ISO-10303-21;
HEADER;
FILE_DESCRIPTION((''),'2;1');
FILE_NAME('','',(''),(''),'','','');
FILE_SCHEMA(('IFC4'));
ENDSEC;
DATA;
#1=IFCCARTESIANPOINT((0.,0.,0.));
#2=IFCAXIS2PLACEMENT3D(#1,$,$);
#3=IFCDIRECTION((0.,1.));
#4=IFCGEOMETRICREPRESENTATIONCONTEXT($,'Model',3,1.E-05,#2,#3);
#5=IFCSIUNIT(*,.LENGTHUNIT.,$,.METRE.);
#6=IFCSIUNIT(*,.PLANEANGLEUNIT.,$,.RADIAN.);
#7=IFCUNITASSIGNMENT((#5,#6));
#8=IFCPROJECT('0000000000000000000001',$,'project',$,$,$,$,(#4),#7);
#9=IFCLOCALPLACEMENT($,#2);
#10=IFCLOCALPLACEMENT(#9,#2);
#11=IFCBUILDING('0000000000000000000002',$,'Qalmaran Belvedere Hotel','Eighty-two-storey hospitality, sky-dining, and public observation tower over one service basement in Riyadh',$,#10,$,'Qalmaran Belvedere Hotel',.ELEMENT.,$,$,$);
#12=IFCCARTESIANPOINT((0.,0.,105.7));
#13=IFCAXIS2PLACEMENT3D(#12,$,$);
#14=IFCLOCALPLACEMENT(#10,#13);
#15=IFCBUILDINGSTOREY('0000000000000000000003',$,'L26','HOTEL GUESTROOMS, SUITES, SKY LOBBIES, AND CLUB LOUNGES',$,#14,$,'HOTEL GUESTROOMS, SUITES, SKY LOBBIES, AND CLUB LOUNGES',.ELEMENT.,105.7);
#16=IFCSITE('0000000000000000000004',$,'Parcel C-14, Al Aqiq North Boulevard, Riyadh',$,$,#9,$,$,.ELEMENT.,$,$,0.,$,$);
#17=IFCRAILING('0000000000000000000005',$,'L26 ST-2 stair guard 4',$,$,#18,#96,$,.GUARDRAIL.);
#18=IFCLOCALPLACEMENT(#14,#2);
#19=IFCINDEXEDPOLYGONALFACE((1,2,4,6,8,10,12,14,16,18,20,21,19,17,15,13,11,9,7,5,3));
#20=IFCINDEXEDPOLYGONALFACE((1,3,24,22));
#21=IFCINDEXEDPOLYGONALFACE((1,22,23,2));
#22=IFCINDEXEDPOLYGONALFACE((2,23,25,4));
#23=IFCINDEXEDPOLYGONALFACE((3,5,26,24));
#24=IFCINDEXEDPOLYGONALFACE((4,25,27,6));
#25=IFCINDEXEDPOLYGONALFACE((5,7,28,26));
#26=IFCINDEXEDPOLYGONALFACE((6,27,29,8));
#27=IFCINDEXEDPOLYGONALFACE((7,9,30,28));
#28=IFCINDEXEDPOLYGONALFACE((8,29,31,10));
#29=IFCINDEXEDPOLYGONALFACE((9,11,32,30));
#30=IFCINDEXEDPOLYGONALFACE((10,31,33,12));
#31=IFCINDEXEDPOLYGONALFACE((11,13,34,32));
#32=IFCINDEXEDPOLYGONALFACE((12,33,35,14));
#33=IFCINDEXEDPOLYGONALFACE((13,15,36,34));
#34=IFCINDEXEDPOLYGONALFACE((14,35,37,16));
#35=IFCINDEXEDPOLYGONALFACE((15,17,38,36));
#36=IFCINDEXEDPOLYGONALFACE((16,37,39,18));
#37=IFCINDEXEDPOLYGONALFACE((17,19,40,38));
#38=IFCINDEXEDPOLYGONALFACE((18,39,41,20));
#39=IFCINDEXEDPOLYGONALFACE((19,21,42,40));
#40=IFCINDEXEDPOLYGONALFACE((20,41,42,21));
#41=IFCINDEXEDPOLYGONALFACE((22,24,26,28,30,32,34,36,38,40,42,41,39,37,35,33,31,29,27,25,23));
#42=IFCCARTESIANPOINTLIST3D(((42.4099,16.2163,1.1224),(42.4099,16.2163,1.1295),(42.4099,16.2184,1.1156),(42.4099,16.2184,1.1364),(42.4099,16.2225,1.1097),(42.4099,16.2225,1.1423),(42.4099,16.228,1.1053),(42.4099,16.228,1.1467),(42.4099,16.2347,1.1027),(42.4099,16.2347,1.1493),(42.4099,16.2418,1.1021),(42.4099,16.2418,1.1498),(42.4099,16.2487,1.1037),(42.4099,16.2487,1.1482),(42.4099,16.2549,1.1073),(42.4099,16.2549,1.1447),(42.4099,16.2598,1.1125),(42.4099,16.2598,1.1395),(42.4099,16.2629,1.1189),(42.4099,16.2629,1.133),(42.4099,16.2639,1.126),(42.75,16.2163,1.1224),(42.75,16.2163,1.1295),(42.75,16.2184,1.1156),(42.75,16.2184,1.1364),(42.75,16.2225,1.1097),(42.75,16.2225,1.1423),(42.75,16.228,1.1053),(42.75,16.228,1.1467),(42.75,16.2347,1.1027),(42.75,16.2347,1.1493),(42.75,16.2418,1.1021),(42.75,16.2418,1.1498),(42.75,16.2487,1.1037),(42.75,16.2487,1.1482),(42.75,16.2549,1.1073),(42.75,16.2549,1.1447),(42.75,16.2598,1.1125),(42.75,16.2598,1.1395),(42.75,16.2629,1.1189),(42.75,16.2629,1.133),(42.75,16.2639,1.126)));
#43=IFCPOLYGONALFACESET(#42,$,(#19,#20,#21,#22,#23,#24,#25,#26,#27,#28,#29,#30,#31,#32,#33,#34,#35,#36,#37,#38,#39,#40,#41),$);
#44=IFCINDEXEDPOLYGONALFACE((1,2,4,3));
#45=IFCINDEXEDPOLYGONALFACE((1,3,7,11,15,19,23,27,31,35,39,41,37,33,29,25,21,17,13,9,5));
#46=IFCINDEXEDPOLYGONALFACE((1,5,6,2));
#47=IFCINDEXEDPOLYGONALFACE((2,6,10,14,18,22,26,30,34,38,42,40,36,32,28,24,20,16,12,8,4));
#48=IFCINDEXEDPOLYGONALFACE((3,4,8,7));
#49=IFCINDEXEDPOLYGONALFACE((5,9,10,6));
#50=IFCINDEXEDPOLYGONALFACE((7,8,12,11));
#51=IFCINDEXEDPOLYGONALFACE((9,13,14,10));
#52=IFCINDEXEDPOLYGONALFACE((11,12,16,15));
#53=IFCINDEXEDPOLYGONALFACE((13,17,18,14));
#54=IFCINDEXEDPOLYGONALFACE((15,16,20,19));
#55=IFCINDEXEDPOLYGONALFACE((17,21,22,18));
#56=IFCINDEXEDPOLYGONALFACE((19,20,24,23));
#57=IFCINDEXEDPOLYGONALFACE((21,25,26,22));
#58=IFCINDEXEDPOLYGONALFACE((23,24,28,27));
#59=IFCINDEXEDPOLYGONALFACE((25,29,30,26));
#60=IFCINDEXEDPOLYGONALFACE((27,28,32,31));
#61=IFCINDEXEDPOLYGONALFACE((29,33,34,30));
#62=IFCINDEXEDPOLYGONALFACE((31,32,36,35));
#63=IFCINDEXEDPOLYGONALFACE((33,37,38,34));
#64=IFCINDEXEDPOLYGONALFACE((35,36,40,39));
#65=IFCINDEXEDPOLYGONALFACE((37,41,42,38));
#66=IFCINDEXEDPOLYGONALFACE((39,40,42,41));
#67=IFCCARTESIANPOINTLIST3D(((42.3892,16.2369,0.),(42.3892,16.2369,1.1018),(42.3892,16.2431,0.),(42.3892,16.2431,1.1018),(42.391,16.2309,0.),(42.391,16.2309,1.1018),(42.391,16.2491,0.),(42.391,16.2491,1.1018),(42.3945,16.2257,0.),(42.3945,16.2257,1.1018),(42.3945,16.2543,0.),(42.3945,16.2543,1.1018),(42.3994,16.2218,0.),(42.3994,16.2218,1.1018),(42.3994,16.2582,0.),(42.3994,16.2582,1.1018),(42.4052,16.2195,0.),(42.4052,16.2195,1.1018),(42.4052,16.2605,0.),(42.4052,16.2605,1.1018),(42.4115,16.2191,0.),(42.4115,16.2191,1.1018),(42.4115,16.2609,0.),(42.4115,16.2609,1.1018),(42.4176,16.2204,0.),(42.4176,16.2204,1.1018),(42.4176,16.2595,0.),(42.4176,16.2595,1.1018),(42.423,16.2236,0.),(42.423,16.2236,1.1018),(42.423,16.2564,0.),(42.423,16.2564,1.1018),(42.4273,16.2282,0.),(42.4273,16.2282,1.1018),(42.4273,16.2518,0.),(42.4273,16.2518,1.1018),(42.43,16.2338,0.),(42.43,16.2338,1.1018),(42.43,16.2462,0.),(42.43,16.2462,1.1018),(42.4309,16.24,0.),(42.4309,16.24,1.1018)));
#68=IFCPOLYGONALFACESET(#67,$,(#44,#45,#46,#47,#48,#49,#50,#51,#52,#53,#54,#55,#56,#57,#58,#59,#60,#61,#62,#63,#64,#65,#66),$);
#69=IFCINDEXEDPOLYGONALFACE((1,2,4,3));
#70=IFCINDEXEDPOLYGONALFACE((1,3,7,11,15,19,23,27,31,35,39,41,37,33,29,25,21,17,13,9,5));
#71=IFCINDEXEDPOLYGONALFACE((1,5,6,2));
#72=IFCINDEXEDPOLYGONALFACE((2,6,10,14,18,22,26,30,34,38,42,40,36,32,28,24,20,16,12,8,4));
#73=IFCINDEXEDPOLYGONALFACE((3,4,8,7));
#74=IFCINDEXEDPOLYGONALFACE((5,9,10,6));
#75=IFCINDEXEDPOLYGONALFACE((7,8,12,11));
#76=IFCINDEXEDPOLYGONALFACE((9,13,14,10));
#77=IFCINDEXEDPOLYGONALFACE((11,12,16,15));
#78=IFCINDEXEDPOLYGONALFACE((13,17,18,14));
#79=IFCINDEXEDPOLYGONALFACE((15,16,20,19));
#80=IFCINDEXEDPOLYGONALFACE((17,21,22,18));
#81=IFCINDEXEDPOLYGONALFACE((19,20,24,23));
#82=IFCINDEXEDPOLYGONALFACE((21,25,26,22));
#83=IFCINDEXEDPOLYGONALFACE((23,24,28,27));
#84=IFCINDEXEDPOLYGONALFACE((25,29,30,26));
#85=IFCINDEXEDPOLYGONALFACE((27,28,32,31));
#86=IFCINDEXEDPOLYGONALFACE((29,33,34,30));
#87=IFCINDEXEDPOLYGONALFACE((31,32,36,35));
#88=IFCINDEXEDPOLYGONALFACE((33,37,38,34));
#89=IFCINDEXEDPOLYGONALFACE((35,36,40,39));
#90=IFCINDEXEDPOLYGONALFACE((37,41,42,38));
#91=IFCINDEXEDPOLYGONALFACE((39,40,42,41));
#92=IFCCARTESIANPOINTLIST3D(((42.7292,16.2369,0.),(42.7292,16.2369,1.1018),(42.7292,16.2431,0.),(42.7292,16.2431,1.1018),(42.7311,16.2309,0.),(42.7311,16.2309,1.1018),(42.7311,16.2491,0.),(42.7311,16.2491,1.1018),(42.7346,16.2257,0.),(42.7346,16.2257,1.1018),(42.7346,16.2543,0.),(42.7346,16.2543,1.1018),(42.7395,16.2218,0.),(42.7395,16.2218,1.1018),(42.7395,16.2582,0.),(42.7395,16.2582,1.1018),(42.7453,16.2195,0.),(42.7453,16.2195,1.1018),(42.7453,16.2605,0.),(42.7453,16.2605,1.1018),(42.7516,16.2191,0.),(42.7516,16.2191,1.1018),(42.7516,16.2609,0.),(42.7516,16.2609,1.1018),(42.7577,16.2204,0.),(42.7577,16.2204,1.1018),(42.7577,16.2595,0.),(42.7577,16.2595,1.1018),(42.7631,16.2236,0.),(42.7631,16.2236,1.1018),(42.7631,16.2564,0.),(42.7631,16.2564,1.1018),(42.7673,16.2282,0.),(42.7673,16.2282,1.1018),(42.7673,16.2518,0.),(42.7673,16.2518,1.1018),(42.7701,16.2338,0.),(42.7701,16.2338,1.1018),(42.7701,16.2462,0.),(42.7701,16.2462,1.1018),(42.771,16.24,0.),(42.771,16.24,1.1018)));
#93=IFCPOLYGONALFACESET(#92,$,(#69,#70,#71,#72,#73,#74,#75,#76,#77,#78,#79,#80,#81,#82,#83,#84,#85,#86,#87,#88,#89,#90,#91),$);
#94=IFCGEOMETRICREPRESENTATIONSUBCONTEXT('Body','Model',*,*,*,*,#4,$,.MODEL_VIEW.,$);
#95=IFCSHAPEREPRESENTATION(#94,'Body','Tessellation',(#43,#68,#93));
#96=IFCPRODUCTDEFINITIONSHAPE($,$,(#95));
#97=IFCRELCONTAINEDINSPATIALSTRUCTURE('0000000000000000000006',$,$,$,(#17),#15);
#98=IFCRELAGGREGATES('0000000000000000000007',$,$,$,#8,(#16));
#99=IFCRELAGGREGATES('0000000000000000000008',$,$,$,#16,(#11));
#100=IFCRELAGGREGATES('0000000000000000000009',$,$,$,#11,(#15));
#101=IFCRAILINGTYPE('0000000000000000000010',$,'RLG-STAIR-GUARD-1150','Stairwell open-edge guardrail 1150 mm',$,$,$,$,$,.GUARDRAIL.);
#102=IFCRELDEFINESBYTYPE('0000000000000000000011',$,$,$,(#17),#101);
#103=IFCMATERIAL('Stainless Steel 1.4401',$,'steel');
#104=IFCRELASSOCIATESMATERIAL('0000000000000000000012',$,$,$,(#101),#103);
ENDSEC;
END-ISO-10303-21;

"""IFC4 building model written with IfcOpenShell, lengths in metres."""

from ifc_helpers import new_model, si_unit, direction, frame, origin, origin_2d, place, context, subcontext, project, spatial, circle, extrude, material, type_object, element, save


model = new_model("IFC4")

# Units and contexts
model_context = context("Model", 3, precision=1e-05, world=origin(), true_north=direction((0.0, 1.0)))
body_context = subcontext(model_context, "Body", "Model", "MODEL_VIEW")
ifc_project = project(units=[si_unit("LENGTHUNIT", "METRE"), si_unit("PLANEANGLEUNIT", "RADIAN")], contexts=[model_context])

# Site, building, storey
site_placement = place(None, origin())
site = spatial("IfcSite", under=ifc_project, at=site_placement, Name="Parcel C-14, Al Aqiq North Boulevard, Riyadh", CompositionType="ELEMENT", RefElevation=0.0)
building_placement = place(site_placement, origin())
building = spatial("IfcBuilding", under=site, at=building_placement, Name="Qalmaran Belvedere Hotel", Description="Eighty-two-storey hospitality, sky-dining, and public observation tower over one service basement in Riyadh", LongName="Qalmaran Belvedere Hotel", CompositionType="ELEMENT")
storey_placement = place(building_placement, frame((0.0, 0.0, 105.7)))
storey = spatial("IfcBuildingStorey", under=building, at=storey_placement, Name="L26", Description="HOTEL GUESTROOMS, SUITES, SKY LOBBIES, AND CLUB LOUNGES", LongName="HOTEL GUESTROOMS, SUITES, SKY LOBBIES, AND CLUB LOUNGES", CompositionType="ELEMENT", Elevation=105.7)

# Shared definitions
ifc_material_1 = material(Name="Stainless Steel 1.4401", Category="steel")

# Railing
railing_type_1 = type_object("IfcRailingType", Name="RLG-STAIR-GUARD-1150", Description="Stairwell open-edge guardrail 1150 mm", PredefinedType="GUARDRAIL", material=ifc_material_1)
railing_1_placement = place(storey_placement, frame((42.4099, 16.24, 0.0)))
element("IfcRailing", 1, at=railing_1_placement, inside=storey, type_object=railing_type_1, Name="L26 ST-2 stair guard 4", PredefinedType="GUARDRAIL", context=body_context, shape_type="SweptSolid", body=[
    extrude(circle(Radius=0.0239, at=origin_2d()), frame((0.0, 0.0, 1.126), z_axis=(1.0, 0.0, 0.0), x_axis=(0.0, 1.0, 0.0)), (0.0, 0.0, 1.0), 0.3401),
    extrude(circle(Radius=0.021, at=origin_2d()), origin(), (0.0, 0.0, 1.0), 1.1018),
    extrude(circle(Radius=0.021, at=origin_2d()), frame((0.3401, 0.0, 0.0)), (0.0, 0.0, 1.0), 1.1018),
])

save(model, "model.ifc")
